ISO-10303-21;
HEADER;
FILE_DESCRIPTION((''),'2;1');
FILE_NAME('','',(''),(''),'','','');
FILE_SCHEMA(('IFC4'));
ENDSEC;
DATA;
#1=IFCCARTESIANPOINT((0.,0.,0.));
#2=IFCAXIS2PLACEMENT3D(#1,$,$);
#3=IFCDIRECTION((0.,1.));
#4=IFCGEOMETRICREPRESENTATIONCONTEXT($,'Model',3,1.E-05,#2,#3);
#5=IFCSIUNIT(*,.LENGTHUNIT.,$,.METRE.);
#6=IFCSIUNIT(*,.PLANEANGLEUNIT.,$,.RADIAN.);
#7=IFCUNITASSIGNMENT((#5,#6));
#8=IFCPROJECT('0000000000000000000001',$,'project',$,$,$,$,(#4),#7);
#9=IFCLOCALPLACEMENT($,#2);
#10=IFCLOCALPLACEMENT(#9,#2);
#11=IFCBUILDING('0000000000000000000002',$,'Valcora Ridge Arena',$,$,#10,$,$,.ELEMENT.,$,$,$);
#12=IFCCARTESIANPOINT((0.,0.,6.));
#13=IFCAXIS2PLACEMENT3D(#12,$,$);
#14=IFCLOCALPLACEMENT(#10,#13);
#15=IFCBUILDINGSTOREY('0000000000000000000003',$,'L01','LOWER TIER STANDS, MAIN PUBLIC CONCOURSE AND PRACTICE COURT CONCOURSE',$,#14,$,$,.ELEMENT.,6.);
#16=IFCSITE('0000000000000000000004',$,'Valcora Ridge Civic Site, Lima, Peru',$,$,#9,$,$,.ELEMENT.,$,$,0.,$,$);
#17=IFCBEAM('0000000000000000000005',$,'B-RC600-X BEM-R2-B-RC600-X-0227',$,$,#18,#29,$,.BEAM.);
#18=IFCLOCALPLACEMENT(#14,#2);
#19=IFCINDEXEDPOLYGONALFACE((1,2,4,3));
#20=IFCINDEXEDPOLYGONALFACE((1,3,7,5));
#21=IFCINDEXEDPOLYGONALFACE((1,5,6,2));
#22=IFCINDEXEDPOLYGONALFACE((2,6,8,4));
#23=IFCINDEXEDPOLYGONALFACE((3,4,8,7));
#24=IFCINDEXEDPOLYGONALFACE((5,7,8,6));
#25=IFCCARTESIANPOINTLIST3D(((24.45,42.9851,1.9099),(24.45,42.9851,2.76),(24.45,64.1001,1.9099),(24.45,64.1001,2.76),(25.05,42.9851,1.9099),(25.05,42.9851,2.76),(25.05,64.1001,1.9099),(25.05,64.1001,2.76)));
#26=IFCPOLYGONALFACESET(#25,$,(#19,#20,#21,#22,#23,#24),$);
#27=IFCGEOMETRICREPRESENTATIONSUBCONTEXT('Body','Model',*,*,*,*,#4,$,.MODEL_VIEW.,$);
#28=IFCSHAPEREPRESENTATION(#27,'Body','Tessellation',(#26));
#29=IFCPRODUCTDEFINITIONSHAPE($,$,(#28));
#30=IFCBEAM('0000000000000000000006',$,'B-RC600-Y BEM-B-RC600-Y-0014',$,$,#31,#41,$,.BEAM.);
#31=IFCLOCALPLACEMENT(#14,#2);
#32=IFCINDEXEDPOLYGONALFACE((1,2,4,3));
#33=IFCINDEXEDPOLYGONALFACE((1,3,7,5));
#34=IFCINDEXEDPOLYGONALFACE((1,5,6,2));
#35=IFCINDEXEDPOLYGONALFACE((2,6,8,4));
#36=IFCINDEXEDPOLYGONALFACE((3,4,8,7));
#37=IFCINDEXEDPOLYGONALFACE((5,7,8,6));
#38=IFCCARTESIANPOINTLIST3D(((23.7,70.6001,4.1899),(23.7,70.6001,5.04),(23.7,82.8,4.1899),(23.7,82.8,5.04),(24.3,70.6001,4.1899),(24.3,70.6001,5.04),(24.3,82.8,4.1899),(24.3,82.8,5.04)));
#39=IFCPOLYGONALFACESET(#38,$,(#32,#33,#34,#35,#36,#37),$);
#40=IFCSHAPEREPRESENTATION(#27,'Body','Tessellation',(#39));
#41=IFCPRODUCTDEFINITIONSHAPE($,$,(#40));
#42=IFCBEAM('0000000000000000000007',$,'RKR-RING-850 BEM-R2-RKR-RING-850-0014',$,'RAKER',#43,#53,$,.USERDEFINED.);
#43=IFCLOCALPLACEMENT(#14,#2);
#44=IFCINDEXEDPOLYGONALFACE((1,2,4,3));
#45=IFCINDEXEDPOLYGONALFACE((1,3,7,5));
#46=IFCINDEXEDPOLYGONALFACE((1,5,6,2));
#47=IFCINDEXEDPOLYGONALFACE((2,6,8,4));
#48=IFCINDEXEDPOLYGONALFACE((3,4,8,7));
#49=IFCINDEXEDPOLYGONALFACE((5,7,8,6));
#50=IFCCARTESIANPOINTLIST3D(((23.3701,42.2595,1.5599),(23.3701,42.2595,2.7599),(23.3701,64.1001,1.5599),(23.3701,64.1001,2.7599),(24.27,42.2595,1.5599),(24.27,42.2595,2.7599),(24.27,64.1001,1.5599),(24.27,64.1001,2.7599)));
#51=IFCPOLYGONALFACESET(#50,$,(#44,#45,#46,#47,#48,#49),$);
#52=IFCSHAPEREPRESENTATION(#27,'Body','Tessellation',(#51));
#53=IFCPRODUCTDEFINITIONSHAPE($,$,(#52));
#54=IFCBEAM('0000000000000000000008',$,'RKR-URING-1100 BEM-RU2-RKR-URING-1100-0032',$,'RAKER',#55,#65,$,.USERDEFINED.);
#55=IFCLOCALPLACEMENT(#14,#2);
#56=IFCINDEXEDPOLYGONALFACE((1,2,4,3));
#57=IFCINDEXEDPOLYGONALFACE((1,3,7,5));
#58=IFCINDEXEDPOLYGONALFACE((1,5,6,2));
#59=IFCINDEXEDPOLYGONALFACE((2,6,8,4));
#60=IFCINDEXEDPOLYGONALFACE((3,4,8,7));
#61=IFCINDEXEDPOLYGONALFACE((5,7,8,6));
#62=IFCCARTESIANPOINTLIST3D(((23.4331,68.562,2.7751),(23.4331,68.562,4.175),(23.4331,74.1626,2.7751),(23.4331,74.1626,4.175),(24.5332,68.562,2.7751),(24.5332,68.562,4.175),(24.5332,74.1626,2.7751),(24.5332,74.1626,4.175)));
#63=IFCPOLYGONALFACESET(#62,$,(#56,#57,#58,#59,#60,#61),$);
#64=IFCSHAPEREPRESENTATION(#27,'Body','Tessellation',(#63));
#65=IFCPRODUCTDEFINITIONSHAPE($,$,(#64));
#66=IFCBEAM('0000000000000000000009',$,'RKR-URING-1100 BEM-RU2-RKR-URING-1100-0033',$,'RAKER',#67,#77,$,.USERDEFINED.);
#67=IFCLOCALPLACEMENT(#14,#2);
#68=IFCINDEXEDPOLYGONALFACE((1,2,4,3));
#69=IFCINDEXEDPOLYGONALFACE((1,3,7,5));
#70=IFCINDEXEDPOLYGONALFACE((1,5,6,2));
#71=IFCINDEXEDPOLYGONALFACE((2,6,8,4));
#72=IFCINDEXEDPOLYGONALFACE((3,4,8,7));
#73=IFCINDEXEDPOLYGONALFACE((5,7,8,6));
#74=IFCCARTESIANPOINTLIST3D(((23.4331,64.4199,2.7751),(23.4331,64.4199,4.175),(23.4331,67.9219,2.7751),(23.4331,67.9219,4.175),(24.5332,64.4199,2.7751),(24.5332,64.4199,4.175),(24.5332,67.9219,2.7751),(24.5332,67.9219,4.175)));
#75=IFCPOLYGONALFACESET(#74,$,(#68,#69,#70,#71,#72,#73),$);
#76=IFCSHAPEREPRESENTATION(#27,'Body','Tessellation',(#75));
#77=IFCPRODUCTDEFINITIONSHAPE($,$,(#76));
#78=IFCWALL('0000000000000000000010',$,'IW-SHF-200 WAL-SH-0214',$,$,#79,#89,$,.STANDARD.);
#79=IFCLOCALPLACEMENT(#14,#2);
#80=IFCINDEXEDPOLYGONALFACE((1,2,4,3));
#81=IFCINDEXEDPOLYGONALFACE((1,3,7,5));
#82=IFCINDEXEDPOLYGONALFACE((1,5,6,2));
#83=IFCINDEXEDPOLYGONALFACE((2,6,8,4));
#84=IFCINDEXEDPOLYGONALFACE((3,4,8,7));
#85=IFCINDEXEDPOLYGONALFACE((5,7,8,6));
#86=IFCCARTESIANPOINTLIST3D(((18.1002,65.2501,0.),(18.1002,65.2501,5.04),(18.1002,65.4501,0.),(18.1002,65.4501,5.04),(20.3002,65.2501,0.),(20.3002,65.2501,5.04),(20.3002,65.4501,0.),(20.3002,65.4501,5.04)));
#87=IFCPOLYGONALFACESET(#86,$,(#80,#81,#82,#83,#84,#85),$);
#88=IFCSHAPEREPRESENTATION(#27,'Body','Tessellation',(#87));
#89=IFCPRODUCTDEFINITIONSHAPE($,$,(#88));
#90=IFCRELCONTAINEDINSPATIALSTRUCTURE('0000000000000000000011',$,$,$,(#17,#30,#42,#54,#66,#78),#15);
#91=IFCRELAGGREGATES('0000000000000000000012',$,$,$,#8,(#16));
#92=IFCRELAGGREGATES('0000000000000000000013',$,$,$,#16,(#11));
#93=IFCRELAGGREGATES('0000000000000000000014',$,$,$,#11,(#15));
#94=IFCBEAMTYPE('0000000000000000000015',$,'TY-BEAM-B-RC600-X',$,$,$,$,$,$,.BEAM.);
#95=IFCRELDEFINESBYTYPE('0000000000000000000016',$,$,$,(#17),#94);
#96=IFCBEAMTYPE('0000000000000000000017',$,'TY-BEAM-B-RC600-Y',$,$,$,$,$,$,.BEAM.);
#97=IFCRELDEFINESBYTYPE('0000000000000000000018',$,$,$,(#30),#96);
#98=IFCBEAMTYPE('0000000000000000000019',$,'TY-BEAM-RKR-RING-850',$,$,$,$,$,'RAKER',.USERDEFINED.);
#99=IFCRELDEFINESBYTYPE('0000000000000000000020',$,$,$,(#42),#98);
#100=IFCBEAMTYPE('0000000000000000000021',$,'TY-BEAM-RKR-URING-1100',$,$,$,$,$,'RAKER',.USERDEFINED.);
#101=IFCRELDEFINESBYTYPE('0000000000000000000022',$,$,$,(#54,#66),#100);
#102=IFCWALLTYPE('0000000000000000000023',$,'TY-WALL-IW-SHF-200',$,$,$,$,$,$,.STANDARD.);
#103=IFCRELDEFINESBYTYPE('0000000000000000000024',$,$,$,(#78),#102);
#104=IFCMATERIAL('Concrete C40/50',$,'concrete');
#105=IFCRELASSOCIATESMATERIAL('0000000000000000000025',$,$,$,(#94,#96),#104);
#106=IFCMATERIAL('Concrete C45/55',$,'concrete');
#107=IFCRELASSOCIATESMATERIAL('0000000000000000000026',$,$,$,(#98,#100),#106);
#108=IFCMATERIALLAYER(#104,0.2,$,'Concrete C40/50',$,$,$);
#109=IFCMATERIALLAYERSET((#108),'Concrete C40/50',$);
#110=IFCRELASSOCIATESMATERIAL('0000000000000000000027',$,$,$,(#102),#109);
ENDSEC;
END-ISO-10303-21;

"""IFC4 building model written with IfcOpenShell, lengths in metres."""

from ifc_helpers import new_model, si_unit, direction, frame, frame_2d, origin, origin_2d, place, context, subcontext, project, spatial, rectangle, extrude, material, layer, layer_set, material_profile, profile_set, type_object, element, save


model = new_model("IFC4")

# Units and contexts
model_context = context("Model", 3, precision=1e-05, world=origin(), true_north=direction((0.0, 1.0)))
body_context = subcontext(model_context, "Body", "Model", "MODEL_VIEW")
ifc_project = project(units=[si_unit("LENGTHUNIT", "METRE"), si_unit("PLANEANGLEUNIT", "RADIAN")], contexts=[model_context])

# Site, building, storey
site_placement = place(None, origin())
site = spatial("IfcSite", under=ifc_project, at=site_placement, Name="Valcora Ridge Civic Site, Lima, Peru", CompositionType="ELEMENT", RefElevation=0.0)
building_placement = place(site_placement, origin())
building = spatial("IfcBuilding", under=site, at=building_placement, Name="Valcora Ridge Arena", CompositionType="ELEMENT")
storey_placement = place(building_placement, frame((0.0, 0.0, 6.0)))
storey = spatial("IfcBuildingStorey", under=building, at=storey_placement, Name="L01", Description="LOWER TIER STANDS, MAIN PUBLIC CONCOURSE AND PRACTICE COURT CONCOURSE", CompositionType="ELEMENT", Elevation=6.0)

# Shared definitions
ifc_material_1 = material(Name="Concrete C40/50", Category="concrete")

# Beams
ifc_material_profile_1 = material_profile(ifc_material_1, rectangle(XDim=0.6001, YDim=0.8501, at=origin_2d()), Name="RC 600x850")
ifc_profile_set_1 = profile_set([ifc_material_profile_1], Name="Concrete C40/50")
beam_type_1 = type_object("IfcBeamType", Name="TY-BEAM-B-RC600-X", PredefinedType="BEAM", material=ifc_profile_set_1)
beam_1_placement = place(storey_placement, frame((24.75, 64.1001, 2.335), z_axis=(0.0, -1.0, 0.0), x_axis=(1.0, 0.0, 0.0)))
element("IfcBeam", 1, at=beam_1_placement, inside=storey, type_object=beam_type_1, Name="B-RC600-X BEM-R2-B-RC600-X-0227", PredefinedType="BEAM", context=body_context, shape_type="SweptSolid", body=[
    extrude(rectangle(XDim=0.6001, YDim=0.8501, at=origin_2d()), origin(), (0.0, 0.0, 1.0), 21.115),
])
ifc_material_profile_2 = material_profile(ifc_material_1, rectangle(XDim=0.6001, YDim=0.8501, at=origin_2d()), Name="RC 600x850")
ifc_profile_set_2 = profile_set([ifc_material_profile_2], Name="Concrete C40/50")
beam_type_2 = type_object("IfcBeamType", Name="TY-BEAM-B-RC600-Y", PredefinedType="BEAM", material=ifc_profile_set_2)
beam_2_placement = place(storey_placement, frame((24.0, 70.6001, 4.615), z_axis=(0.0, 1.0, 0.0), x_axis=(-1.0, 0.0, 0.0)))
element("IfcBeam", 2, at=beam_2_placement, inside=storey, type_object=beam_type_2, Name="B-RC600-Y BEM-B-RC600-Y-0014", PredefinedType="BEAM", context=body_context, shape_type="SweptSolid", body=[
    extrude(rectangle(XDim=0.6001, YDim=0.8501, at=origin_2d()), origin(), (0.0, 0.0, 1.0), 12.2),
])
ifc_material_2 = material(Name="Concrete C45/55", Category="concrete")
ifc_material_profile_3 = material_profile(ifc_material_2, rectangle(XDim=0.8999, YDim=1.2, at=origin_2d()), Name="RC 900x1200")
ifc_profile_set_3 = profile_set([ifc_material_profile_3], Name="Concrete C45/55")
beam_type_3 = type_object("IfcBeamType", Name="TY-BEAM-RKR-RING-850", ElementType="RAKER", PredefinedType="USERDEFINED", material=ifc_profile_set_3)
beam_3_placement = place(storey_placement, frame((23.8201, 64.1001, 2.1599), z_axis=(0.0, -1.0, 0.0), x_axis=(1.0, 0.0, 0.0)))
element("IfcBeam", 3, at=beam_3_placement, inside=storey, type_object=beam_type_3, Name="RKR-RING-850 BEM-R2-RKR-RING-850-0014", ObjectType="RAKER", PredefinedType="USERDEFINED", context=body_context, shape_type="SweptSolid", body=[
    extrude(rectangle(XDim=0.8999, YDim=1.2, at=origin_2d()), origin(), (0.0, 0.0, 1.0), 21.8406),
])
ifc_material_profile_4 = material_profile(ifc_material_2, rectangle(XDim=1.1001, YDim=1.3999, at=origin_2d()), Name="RC 1100x1400")
ifc_profile_set_4 = profile_set([ifc_material_profile_4], Name="Concrete C45/55")
beam_type_4 = type_object("IfcBeamType", Name="TY-BEAM-RKR-URING-1100", ElementType="RAKER", PredefinedType="USERDEFINED", material=ifc_profile_set_4)
beam_4_placement = place(storey_placement, frame((23.9832, 74.1626, 3.4751), z_axis=(0.0, -1.0, 0.0), x_axis=(1.0, 0.0, 0.0)))
element("IfcBeam", 4, at=beam_4_placement, inside=storey, type_object=beam_type_4, Name="RKR-URING-1100 BEM-RU2-RKR-URING-1100-0032", ObjectType="RAKER", PredefinedType="USERDEFINED", context=body_context, shape_type="SweptSolid", body=[
    extrude(rectangle(XDim=1.1001, YDim=1.3999, at=origin_2d()), origin(), (0.0, 0.0, 1.0), 5.6006),
])
beam_5_placement = place(storey_placement, frame((23.9832, 67.9219, 3.4751), z_axis=(0.0, -1.0, 0.0), x_axis=(1.0, 0.0, 0.0)))
element("IfcBeam", 5, at=beam_5_placement, inside=storey, type_object=beam_type_4, Name="RKR-URING-1100 BEM-RU2-RKR-URING-1100-0033", ObjectType="RAKER", PredefinedType="USERDEFINED", context=body_context, shape_type="SweptSolid", body=[
    extrude(rectangle(XDim=1.1001, YDim=1.3999, at=origin_2d()), origin(), (0.0, 0.0, 1.0), 3.502),
])

# Wall
ifc_layer = layer(ifc_material_1, 0.2, Name="Concrete C40/50")
ifc_layer_set = layer_set([ifc_layer], Name="Concrete C40/50")
wall_type = type_object("IfcWallType", Name="TY-WALL-IW-SHF-200", PredefinedType="STANDARD", material=ifc_layer_set)
wall_placement = place(storey_placement, frame((18.1001, 65.3501, 0.0), z_axis=(0.0, 0.0, 1.0), x_axis=(1.0, 0.0, 0.0)))
element("IfcWall", 6, at=wall_placement, inside=storey, type_object=wall_type, Name="IW-SHF-200 WAL-SH-0214", PredefinedType="STANDARD", context=body_context, shape_type="SweptSolid", body=[
    extrude(rectangle(XDim=2.2, YDim=0.2, at=frame_2d((1.1001, 0.0))), origin(), (0.0, 0.0, 1.0), 5.04),
])

save(model, "model.ifc")
